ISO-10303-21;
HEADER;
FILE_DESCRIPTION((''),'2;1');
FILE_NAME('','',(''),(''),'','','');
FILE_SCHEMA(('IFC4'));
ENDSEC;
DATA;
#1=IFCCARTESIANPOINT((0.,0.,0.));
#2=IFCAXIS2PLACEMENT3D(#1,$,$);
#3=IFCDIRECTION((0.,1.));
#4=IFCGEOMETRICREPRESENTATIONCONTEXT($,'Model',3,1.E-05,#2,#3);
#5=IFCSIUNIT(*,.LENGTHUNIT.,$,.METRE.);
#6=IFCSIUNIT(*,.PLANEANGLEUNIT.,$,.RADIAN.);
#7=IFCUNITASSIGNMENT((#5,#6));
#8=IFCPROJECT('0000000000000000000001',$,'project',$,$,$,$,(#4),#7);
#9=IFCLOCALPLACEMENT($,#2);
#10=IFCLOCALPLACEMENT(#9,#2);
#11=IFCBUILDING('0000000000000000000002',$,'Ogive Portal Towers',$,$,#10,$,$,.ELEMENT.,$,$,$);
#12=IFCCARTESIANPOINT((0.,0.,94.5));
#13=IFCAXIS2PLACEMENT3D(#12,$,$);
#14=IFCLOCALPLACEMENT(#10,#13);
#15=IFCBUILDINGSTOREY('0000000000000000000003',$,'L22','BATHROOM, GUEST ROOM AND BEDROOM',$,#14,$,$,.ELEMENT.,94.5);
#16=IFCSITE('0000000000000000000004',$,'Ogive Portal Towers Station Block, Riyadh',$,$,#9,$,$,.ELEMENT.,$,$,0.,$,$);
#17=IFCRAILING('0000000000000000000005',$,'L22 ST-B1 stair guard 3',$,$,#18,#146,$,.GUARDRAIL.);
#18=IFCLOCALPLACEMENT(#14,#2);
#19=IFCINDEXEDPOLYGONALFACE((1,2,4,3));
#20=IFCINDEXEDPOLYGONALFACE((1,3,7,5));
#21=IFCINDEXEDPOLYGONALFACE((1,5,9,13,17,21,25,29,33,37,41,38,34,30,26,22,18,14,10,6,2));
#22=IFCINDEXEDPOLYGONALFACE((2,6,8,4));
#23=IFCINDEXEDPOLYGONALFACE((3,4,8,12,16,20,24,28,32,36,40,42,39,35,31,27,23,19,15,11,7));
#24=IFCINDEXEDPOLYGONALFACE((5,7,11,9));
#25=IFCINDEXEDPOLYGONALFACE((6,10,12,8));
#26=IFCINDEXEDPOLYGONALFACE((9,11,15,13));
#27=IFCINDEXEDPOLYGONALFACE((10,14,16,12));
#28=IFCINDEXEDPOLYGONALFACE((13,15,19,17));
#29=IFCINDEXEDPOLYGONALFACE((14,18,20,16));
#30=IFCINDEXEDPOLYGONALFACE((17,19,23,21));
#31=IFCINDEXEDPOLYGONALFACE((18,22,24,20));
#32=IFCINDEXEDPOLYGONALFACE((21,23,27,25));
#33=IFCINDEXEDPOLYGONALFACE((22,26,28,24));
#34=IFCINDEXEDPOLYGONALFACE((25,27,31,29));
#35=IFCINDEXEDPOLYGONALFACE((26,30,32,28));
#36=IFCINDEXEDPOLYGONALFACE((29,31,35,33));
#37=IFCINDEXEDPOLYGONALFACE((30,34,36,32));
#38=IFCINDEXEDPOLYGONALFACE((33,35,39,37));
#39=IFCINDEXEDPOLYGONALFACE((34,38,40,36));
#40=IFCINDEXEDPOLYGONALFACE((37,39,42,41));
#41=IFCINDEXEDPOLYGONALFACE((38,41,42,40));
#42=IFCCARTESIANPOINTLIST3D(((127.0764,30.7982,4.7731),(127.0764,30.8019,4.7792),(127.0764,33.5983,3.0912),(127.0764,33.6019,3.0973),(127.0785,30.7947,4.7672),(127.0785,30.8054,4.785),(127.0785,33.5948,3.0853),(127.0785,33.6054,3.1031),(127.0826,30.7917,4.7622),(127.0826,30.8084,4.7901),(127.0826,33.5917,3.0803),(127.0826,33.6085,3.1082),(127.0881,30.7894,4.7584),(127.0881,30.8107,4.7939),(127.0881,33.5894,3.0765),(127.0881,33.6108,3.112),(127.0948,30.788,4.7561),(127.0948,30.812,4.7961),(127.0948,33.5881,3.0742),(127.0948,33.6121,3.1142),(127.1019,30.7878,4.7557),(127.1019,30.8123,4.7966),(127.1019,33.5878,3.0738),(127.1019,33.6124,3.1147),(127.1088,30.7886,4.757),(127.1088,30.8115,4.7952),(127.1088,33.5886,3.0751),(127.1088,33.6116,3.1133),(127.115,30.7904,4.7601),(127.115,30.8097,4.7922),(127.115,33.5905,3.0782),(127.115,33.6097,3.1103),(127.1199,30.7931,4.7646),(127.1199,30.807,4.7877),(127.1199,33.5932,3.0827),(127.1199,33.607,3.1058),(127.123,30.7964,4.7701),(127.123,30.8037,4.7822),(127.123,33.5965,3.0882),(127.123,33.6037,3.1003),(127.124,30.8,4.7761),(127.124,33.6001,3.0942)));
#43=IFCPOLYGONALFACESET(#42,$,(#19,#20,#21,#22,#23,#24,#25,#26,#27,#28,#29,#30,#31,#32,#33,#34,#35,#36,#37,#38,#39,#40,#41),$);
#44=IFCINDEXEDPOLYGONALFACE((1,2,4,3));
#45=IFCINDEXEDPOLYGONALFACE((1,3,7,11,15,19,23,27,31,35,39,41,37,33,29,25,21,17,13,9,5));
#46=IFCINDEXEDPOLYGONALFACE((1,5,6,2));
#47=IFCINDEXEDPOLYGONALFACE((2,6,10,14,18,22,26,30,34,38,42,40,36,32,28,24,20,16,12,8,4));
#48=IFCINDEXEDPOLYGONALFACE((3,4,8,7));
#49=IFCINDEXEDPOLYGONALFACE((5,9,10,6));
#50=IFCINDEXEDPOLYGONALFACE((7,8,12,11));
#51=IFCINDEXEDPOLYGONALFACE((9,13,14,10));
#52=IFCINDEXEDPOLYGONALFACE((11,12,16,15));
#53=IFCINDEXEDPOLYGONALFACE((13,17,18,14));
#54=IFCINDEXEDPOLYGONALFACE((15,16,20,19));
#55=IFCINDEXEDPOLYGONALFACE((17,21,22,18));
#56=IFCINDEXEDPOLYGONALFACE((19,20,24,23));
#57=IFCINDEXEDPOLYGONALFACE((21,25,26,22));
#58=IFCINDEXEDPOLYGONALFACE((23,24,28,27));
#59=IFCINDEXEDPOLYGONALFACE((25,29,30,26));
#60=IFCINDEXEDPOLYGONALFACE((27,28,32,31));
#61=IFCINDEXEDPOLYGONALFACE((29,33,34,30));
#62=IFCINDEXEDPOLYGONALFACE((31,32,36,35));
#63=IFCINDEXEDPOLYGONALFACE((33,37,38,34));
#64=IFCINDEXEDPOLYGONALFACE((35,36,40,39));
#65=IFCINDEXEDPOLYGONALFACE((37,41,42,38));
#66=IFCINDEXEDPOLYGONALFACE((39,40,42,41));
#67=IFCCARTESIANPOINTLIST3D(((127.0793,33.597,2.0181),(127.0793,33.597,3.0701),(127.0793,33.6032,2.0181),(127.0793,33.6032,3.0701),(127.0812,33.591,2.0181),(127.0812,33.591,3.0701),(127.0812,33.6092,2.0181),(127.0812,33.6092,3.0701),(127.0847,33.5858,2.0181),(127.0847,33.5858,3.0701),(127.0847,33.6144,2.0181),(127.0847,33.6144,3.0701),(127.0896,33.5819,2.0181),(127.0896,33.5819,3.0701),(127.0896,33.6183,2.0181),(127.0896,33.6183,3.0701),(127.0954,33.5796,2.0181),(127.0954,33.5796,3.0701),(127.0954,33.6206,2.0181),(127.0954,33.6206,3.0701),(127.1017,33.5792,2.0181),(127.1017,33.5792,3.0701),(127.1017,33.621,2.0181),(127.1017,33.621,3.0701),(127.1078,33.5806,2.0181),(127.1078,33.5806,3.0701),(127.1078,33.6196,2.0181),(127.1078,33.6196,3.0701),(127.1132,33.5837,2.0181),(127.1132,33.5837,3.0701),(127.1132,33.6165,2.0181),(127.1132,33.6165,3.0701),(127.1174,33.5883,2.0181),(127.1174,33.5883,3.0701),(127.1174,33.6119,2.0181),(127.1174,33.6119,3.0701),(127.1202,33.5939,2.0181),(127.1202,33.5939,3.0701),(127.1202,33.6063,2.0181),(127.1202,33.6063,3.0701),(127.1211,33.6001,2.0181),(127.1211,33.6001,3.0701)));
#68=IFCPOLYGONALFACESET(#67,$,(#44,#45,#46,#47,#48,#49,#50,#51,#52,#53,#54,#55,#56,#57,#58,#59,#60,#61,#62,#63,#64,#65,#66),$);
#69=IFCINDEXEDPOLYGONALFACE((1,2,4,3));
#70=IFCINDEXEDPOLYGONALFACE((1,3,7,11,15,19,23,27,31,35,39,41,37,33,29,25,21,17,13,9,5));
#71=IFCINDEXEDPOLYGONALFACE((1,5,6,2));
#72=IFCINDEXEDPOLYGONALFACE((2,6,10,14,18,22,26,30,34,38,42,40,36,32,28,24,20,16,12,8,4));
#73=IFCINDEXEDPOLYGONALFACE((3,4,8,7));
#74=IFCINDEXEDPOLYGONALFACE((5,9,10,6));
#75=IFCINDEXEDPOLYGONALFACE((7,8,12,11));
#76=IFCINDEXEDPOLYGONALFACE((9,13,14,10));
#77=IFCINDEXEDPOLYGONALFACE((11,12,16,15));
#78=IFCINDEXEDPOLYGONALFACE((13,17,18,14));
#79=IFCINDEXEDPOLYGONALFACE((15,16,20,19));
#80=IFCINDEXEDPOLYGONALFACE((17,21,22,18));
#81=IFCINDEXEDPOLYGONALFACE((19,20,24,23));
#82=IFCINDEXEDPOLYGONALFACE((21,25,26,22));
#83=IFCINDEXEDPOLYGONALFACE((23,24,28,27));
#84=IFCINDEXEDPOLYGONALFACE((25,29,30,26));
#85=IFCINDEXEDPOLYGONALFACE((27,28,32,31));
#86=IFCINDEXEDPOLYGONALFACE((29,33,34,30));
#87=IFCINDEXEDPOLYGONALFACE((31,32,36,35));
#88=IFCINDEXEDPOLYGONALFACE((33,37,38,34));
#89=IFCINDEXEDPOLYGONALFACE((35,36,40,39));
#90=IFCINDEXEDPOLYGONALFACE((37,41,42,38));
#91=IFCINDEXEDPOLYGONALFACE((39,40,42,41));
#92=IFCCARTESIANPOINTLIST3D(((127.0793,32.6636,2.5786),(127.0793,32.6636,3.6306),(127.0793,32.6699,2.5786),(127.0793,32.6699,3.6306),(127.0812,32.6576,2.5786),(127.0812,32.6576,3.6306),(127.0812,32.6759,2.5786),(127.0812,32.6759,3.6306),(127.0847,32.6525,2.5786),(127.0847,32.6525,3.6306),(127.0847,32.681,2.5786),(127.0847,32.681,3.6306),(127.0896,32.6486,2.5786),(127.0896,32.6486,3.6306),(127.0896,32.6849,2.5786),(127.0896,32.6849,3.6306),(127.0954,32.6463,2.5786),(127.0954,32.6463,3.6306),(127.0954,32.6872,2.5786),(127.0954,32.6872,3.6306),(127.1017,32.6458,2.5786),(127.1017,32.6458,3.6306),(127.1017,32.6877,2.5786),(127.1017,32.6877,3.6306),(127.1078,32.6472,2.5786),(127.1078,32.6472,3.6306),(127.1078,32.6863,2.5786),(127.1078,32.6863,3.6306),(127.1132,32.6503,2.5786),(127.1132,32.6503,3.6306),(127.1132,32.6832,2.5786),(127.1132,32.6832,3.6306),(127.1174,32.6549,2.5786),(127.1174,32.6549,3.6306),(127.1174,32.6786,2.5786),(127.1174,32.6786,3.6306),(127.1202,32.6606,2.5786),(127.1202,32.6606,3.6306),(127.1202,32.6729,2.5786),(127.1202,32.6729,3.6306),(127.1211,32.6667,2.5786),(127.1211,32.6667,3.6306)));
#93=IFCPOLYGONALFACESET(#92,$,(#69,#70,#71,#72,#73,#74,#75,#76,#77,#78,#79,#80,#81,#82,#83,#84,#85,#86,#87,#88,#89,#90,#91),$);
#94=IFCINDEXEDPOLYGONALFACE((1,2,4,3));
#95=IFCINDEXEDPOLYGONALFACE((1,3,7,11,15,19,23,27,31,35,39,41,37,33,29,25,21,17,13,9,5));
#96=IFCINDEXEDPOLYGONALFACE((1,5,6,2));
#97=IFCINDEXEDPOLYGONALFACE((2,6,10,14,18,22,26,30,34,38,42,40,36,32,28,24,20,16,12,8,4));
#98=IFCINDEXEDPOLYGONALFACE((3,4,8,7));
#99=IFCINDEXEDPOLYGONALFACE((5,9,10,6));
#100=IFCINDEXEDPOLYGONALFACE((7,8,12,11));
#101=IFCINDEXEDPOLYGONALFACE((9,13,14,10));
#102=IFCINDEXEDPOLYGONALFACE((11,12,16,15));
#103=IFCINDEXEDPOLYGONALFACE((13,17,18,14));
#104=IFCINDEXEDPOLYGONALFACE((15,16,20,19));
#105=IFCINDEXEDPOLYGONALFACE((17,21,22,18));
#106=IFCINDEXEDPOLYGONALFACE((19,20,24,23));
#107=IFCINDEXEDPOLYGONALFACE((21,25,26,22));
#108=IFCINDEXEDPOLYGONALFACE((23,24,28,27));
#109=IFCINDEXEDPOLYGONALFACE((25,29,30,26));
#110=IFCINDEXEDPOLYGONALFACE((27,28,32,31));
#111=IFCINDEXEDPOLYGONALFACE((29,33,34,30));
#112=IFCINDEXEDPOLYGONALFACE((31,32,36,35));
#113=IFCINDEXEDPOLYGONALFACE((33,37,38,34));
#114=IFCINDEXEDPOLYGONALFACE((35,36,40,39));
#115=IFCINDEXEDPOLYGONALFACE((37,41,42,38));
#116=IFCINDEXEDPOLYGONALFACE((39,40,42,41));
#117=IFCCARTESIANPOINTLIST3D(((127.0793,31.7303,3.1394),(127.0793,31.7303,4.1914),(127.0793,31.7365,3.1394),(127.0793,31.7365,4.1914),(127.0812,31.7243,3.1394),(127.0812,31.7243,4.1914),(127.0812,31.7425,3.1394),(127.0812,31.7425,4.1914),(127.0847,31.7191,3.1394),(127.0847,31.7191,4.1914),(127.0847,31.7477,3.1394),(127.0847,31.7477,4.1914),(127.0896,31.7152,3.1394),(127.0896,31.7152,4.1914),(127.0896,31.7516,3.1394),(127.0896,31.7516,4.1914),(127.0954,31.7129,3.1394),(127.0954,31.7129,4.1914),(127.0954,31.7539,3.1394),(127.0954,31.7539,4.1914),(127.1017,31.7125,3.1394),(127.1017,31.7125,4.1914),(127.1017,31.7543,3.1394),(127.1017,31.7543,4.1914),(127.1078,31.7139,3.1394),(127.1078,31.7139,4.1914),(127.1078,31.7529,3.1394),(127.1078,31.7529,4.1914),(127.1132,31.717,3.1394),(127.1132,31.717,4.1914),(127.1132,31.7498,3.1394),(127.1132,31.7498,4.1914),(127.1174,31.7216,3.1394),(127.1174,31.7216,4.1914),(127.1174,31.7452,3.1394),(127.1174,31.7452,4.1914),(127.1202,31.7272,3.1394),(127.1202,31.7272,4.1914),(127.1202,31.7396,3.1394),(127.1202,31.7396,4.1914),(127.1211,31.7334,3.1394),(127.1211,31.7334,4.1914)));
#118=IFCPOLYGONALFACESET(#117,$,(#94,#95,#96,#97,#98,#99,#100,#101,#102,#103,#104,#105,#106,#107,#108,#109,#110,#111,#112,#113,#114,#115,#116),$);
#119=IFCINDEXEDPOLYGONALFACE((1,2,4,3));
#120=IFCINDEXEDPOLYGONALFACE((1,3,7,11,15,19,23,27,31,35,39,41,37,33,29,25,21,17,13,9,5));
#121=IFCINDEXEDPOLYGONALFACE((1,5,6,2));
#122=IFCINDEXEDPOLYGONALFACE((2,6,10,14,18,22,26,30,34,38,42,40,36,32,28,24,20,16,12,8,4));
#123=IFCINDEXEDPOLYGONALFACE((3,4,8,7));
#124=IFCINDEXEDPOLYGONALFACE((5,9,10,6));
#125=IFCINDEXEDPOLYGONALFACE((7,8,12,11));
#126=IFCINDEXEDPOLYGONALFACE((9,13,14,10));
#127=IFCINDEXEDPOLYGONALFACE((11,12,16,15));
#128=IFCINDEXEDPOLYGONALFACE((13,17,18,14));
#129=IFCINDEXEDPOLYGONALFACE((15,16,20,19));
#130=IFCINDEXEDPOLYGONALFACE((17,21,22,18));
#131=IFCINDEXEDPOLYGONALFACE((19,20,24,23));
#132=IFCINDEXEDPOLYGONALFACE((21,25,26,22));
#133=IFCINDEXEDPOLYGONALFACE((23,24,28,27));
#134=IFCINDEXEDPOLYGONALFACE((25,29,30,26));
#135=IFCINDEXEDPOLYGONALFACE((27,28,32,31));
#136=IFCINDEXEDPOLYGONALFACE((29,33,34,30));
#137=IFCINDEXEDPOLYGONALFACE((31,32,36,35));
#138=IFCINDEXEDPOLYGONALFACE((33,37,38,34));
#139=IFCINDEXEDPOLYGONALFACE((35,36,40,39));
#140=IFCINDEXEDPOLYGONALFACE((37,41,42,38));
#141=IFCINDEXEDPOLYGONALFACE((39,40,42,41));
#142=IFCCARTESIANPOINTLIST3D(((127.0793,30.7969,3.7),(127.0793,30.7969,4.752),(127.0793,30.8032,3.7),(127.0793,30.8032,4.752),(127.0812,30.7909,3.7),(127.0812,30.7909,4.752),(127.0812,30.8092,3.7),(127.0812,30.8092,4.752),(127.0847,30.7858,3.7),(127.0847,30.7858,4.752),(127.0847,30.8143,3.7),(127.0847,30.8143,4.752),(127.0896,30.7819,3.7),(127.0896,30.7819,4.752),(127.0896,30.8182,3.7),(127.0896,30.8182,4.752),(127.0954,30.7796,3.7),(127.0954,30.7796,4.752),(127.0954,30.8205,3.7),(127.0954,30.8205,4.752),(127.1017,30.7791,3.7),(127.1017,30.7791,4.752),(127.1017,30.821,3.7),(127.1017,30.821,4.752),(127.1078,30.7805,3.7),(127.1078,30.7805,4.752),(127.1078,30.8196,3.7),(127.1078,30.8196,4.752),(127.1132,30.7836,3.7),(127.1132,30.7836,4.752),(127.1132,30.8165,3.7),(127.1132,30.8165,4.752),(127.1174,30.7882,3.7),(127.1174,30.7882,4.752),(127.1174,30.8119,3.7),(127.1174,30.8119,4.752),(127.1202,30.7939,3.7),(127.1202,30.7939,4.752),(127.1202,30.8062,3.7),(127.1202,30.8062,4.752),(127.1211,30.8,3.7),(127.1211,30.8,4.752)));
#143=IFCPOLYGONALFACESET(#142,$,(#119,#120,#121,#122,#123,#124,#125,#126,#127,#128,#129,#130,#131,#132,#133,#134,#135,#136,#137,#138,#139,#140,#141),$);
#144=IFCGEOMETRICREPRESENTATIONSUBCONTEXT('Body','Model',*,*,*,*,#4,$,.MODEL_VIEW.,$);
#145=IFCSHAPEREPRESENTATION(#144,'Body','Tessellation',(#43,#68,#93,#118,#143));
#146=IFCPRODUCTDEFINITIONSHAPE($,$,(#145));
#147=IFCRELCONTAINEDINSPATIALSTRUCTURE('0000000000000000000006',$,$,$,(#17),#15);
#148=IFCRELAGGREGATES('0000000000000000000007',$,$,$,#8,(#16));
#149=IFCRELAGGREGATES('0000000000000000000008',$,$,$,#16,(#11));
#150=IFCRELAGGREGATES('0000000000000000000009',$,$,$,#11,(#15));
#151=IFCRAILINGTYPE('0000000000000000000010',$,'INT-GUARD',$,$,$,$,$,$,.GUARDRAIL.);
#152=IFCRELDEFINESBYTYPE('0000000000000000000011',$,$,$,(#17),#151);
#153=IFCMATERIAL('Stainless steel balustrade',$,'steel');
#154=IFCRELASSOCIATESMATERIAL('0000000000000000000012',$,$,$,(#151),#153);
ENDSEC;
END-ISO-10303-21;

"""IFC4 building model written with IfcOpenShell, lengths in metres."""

from ifc_helpers import new_model, si_unit, direction, frame, origin, origin_2d, place, context, subcontext, project, spatial, circle, extrude, material, type_object, element, save


model = new_model("IFC4")

# Units and contexts
model_context = context("Model", 3, precision=1e-05, world=origin(), true_north=direction((0.0, 1.0)))
body_context = subcontext(model_context, "Body", "Model", "MODEL_VIEW")
ifc_project = project(units=[si_unit("LENGTHUNIT", "METRE"), si_unit("PLANEANGLEUNIT", "RADIAN")], contexts=[model_context])

# Site, building, storey
site_placement = place(None, origin())
site = spatial("IfcSite", under=ifc_project, at=site_placement, Name="Ogive Portal Towers Station Block, Riyadh", CompositionType="ELEMENT", RefElevation=0.0)
building_placement = place(site_placement, origin())
building = spatial("IfcBuilding", under=site, at=building_placement, Name="Ogive Portal Towers", CompositionType="ELEMENT")
storey_placement = place(building_placement, frame((0.0, 0.0, 94.5)))
storey = spatial("IfcBuildingStorey", under=building, at=storey_placement, Name="L22", Description="BATHROOM, GUEST ROOM AND BEDROOM", CompositionType="ELEMENT", Elevation=94.5)

# Railing
ifc_material_1 = material(Name="Stainless steel balustrade", Category="steel")
railing_type_1 = type_object("IfcRailingType", Name="INT-GUARD", PredefinedType="GUARDRAIL", material=ifc_material_1)
railing_1_placement = place(storey_placement, frame((127.1001, 33.6001, 2.0181)))
element("IfcRailing", 1, at=railing_1_placement, inside=storey, type_object=railing_type_1, Name="L22 ST-B1 stair guard 3", PredefinedType="GUARDRAIL", context=body_context, shape_type="SweptSolid", body=[
    extrude(circle(Radius=0.0239, at=origin_2d()), frame((0.0, 0.0, 1.0762), z_axis=(0.0, -0.857242, 0.514913), x_axis=(1.0, 0.0, 0.0)), (0.0, 0.0, 1.0), 3.2664),
    extrude(circle(Radius=0.021, at=origin_2d()), origin(), (0.0, 0.0, 1.0), 1.052),
    extrude(circle(Radius=0.021, at=origin_2d()), frame((0.0, -0.9333, 0.5605)), (0.0, 0.0, 1.0), 1.052),
    extrude(circle(Radius=0.021, at=origin_2d()), frame((0.0, -1.8667, 1.1213)), (0.0, 0.0, 1.0), 1.052),
    extrude(circle(Radius=0.021, at=origin_2d()), frame((0.0, -2.8, 1.6819)), (0.0, 0.0, 1.0), 1.052),
])

save(model, "model.ifc")
